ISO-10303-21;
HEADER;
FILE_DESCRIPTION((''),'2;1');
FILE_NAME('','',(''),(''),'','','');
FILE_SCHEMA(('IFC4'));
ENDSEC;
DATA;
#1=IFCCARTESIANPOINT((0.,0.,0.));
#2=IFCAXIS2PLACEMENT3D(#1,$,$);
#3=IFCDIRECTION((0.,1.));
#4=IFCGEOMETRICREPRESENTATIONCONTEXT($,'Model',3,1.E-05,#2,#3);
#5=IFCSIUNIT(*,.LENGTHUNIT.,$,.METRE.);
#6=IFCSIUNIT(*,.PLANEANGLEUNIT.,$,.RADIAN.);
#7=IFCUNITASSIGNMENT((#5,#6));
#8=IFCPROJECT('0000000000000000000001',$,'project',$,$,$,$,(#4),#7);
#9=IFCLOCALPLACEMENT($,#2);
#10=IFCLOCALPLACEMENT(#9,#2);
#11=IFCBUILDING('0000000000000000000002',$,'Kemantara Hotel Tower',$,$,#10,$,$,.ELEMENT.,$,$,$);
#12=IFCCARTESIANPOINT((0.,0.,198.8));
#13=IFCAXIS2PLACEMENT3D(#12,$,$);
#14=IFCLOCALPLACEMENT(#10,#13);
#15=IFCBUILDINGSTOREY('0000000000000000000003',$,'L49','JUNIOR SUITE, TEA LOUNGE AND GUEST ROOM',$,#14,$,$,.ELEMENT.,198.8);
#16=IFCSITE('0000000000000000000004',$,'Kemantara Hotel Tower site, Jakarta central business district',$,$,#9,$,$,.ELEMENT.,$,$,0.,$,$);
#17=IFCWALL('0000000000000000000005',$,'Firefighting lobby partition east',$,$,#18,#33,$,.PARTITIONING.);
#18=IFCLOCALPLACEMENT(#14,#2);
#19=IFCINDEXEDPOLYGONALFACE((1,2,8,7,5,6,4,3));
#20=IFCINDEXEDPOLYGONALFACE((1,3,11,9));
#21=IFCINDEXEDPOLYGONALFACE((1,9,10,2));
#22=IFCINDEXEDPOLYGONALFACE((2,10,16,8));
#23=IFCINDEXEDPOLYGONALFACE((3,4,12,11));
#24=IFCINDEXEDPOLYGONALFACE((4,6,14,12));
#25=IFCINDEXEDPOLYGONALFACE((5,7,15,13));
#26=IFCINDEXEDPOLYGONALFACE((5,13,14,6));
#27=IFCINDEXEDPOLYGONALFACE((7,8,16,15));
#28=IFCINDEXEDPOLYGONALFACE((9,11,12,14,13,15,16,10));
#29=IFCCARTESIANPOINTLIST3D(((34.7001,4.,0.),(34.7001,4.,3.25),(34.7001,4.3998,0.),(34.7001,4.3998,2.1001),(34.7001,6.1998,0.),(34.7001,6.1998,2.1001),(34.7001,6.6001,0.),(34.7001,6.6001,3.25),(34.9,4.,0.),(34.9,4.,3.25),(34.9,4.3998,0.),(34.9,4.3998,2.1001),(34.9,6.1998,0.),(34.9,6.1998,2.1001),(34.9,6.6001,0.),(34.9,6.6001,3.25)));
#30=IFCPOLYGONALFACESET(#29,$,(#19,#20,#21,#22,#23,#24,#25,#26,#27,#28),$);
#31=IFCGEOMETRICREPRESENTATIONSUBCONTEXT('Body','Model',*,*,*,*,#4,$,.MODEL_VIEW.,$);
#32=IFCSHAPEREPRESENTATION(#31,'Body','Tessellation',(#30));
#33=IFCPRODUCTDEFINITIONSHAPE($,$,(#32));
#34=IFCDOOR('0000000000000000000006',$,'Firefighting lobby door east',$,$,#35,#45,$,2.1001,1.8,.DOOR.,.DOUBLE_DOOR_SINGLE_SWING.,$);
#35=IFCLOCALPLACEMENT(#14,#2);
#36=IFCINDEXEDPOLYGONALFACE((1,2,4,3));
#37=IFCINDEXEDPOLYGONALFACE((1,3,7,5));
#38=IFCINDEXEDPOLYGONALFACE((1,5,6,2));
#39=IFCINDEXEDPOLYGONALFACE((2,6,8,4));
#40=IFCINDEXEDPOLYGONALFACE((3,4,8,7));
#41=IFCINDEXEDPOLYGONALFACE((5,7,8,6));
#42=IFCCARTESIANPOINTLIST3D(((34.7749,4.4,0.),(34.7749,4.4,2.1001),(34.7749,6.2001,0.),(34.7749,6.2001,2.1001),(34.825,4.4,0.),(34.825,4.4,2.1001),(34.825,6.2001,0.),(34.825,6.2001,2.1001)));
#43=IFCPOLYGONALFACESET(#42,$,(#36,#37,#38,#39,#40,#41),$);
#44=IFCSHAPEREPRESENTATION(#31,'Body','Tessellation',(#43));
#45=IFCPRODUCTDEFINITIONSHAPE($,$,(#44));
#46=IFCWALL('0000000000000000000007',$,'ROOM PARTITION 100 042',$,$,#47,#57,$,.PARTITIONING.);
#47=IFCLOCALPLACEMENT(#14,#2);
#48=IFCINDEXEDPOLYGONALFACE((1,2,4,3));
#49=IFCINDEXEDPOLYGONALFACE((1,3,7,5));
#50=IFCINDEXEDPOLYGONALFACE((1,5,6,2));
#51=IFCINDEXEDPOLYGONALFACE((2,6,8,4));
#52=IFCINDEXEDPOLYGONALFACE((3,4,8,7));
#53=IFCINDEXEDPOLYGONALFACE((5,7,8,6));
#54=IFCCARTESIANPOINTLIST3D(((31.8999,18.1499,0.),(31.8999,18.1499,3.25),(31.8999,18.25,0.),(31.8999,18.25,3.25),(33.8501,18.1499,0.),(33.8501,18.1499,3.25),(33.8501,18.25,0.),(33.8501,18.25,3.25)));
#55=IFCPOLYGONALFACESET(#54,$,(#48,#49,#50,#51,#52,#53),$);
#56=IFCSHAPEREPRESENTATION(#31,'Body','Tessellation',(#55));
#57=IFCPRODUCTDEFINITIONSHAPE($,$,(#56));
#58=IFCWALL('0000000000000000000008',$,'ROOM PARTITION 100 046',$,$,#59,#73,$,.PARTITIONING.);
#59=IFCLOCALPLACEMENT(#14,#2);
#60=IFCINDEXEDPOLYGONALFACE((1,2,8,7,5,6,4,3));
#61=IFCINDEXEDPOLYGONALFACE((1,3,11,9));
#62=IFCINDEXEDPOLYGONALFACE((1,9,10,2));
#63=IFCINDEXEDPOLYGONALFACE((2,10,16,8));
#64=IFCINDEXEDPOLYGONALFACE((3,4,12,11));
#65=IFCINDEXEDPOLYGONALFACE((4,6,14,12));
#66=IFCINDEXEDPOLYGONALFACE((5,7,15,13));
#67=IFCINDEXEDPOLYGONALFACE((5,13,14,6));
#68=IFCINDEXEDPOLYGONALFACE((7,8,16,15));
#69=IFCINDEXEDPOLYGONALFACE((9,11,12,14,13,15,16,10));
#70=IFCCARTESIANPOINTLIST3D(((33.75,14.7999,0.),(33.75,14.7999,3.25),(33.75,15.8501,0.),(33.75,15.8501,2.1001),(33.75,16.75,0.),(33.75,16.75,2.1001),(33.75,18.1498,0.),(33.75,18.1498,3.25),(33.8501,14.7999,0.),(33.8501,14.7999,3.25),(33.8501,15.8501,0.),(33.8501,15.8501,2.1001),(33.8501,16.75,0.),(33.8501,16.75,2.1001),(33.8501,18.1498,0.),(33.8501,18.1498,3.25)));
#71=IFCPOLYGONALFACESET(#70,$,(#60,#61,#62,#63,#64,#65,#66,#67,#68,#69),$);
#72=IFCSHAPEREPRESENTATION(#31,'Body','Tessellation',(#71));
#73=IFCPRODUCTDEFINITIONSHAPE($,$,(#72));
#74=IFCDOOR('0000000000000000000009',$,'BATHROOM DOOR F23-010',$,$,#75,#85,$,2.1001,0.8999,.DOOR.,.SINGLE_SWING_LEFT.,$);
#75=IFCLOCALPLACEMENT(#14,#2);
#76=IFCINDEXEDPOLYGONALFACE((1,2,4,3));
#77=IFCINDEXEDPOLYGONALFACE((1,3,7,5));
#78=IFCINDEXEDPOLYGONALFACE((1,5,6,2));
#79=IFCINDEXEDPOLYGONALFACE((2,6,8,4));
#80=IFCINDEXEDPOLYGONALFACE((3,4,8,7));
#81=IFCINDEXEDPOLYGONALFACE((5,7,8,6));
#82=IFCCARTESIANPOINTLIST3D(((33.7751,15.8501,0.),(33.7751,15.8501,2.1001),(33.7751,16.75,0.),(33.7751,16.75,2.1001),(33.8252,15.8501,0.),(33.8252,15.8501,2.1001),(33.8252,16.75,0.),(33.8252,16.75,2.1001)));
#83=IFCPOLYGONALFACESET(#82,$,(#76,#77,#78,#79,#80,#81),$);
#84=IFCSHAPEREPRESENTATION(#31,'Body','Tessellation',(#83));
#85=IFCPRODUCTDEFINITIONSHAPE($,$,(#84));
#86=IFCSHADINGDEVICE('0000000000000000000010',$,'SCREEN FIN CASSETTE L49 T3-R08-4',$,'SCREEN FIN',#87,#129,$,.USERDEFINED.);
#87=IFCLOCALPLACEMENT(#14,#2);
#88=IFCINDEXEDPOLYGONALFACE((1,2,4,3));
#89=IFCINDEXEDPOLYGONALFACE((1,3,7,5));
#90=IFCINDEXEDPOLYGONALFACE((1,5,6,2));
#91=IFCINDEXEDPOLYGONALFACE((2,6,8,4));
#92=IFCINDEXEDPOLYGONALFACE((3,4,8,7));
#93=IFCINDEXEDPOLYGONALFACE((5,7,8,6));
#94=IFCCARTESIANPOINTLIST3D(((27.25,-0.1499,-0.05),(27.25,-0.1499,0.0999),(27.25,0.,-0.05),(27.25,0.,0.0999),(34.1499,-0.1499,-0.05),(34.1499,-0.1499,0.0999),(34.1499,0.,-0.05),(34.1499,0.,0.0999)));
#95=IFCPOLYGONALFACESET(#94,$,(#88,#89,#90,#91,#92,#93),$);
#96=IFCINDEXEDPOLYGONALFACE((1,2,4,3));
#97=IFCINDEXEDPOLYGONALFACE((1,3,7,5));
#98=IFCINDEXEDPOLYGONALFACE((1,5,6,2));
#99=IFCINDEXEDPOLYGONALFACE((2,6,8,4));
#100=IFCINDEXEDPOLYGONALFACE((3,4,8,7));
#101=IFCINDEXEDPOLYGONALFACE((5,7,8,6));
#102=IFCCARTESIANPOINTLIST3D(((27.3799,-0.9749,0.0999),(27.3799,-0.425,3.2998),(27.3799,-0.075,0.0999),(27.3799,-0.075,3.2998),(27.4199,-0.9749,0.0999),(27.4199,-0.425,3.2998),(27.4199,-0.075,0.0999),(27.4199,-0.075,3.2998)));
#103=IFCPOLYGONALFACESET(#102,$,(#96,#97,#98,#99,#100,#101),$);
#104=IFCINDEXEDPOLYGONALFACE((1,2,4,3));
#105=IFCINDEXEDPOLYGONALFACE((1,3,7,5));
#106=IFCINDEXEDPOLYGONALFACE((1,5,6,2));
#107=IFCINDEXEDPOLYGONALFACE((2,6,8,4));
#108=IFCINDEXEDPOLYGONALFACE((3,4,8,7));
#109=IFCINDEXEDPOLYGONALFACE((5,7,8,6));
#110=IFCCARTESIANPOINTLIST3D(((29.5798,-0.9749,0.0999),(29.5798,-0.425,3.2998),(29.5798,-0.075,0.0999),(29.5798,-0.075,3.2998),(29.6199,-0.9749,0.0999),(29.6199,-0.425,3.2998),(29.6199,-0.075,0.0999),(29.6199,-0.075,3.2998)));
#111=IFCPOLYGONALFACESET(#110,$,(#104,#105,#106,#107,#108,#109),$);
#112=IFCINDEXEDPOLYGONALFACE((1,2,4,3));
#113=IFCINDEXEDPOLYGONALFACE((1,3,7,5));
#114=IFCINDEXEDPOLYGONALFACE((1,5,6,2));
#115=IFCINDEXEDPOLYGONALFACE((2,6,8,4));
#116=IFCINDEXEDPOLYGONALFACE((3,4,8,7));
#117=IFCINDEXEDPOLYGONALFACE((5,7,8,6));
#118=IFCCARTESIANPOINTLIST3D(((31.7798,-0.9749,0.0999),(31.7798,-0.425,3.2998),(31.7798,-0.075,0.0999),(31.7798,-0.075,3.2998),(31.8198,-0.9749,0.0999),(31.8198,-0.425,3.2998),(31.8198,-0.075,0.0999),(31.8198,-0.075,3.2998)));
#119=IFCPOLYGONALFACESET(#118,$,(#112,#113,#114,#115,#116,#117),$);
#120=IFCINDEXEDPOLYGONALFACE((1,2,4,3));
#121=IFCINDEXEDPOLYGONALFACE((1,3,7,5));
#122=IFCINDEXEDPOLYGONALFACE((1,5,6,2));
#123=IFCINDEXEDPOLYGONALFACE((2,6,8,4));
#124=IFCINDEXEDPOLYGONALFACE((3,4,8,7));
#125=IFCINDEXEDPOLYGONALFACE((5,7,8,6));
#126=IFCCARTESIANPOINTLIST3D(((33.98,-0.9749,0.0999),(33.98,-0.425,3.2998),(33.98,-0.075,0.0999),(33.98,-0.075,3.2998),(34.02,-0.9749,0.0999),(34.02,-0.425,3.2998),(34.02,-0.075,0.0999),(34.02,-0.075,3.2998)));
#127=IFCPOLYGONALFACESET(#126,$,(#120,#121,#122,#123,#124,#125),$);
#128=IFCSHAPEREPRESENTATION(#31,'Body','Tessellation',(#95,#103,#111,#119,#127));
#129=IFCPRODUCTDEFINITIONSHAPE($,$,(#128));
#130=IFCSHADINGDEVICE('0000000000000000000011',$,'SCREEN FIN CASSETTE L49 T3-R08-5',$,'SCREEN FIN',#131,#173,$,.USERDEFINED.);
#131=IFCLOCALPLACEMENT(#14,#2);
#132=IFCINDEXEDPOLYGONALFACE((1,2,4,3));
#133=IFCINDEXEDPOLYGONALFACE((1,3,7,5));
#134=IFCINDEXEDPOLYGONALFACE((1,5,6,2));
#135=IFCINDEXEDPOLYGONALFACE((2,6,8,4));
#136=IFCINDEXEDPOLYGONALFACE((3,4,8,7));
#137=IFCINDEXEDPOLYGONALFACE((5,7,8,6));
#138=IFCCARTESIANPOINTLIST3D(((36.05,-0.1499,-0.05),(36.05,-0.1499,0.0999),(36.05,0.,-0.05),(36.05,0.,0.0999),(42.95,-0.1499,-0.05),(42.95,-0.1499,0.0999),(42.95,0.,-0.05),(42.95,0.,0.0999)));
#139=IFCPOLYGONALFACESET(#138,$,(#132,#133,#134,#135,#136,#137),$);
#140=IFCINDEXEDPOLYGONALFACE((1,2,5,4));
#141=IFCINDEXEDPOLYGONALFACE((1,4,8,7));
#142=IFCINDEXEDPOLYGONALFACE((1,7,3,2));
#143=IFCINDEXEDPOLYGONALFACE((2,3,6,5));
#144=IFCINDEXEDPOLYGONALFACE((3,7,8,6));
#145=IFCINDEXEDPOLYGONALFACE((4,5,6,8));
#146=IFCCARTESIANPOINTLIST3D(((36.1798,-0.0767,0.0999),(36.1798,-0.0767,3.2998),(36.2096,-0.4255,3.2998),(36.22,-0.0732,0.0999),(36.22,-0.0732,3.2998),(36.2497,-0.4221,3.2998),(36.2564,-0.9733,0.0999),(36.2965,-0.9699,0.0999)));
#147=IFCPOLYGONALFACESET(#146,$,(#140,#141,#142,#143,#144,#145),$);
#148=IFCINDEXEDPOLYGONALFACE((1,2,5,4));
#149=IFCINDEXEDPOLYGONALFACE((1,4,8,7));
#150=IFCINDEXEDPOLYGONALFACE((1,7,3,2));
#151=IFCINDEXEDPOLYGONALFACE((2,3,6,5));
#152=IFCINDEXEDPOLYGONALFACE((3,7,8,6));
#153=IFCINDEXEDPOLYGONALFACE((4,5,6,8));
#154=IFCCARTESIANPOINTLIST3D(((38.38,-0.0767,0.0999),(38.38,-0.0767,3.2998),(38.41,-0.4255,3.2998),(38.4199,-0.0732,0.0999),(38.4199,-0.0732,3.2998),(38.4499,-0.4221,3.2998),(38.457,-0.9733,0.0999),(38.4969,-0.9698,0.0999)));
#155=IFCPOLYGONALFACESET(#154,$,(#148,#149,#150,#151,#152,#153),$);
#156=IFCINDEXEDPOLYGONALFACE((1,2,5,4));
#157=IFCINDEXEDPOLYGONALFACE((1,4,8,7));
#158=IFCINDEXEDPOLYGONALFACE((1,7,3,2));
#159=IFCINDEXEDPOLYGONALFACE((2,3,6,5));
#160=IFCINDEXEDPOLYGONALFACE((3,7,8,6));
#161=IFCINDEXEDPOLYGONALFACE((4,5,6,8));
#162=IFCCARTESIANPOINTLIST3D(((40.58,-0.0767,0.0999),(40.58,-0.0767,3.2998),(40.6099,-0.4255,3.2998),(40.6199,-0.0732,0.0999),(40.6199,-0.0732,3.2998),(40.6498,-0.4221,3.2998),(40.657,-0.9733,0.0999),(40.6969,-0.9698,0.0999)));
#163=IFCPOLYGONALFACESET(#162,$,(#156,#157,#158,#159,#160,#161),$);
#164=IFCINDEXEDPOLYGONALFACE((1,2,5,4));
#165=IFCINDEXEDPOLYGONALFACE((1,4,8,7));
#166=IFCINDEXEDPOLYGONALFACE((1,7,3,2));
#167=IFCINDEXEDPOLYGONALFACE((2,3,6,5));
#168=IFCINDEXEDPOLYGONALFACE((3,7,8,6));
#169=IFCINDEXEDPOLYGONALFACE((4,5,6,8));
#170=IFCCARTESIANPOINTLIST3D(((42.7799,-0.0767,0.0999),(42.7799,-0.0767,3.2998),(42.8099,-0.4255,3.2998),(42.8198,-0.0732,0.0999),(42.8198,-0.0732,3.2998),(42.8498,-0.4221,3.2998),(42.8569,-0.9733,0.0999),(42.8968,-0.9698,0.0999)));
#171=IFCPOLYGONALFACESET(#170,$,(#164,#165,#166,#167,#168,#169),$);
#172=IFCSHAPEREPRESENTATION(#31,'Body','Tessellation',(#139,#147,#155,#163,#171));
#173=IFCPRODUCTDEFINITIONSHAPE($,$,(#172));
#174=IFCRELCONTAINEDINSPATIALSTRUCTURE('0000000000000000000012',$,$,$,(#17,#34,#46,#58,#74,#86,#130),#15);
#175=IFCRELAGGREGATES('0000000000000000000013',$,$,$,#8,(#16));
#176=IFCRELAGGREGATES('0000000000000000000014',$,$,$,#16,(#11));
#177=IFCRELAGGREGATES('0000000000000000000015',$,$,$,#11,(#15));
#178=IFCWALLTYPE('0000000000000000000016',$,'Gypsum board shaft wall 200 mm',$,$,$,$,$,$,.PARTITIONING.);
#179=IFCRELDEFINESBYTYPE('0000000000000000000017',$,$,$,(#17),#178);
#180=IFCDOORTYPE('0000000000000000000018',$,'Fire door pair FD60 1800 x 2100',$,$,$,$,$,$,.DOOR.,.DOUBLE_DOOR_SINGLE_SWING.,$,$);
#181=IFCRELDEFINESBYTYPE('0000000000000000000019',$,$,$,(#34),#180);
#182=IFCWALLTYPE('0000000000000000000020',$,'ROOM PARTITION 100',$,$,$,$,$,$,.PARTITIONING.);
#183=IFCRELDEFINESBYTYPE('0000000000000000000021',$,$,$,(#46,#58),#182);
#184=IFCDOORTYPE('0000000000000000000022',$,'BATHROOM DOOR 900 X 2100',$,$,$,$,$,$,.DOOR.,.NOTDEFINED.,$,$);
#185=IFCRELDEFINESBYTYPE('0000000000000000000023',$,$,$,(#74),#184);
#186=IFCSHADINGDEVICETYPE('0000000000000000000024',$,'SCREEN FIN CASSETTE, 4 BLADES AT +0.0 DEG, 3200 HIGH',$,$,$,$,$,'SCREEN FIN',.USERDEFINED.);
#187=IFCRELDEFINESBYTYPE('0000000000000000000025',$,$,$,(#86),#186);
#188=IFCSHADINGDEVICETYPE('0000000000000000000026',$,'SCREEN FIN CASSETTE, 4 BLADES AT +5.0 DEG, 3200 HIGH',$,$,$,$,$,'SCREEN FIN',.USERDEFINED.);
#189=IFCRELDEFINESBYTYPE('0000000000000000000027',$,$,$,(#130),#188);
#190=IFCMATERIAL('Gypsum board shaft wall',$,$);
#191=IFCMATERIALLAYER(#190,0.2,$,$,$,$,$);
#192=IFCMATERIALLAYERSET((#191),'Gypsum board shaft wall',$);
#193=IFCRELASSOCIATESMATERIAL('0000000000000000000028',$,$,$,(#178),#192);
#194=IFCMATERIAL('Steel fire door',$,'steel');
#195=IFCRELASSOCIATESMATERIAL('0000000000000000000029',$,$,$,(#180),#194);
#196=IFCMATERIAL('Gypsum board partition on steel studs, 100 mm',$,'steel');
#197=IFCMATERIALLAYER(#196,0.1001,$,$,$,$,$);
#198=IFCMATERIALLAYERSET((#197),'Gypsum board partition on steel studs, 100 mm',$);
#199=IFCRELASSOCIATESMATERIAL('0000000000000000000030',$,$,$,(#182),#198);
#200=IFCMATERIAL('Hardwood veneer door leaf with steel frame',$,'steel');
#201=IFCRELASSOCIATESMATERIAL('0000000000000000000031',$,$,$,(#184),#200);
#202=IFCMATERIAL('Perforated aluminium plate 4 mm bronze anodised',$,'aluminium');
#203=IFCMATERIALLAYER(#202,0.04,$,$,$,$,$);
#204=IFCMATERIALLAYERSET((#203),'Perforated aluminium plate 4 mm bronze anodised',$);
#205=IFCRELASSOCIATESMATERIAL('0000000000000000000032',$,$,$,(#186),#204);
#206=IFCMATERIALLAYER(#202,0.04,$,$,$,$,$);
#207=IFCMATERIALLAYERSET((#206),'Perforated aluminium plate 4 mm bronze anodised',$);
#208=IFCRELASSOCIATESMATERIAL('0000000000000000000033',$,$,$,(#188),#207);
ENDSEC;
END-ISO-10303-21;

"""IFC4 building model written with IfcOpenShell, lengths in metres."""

from ifc_helpers import new_model, si_unit, direction, frame, frame_2d, origin, origin_2d, place, context, subcontext, project, spatial, polyline, rectangle, outline, extrude, source, transform, mapped, material, layer, layer_set, type_object, element, fill, save


model = new_model("IFC4")

# Units and contexts
model_context = context("Model", 3, precision=1e-05, world=origin(), true_north=direction((0.0, 1.0)))
body_context = subcontext(model_context, "Body", "Model", "MODEL_VIEW")
ifc_project = project(units=[si_unit("LENGTHUNIT", "METRE"), si_unit("PLANEANGLEUNIT", "RADIAN")], contexts=[model_context])

# Site, building, storey
site_placement = place(None, origin())
site = spatial("IfcSite", under=ifc_project, at=site_placement, Name="Kemantara Hotel Tower site, Jakarta central business district", CompositionType="ELEMENT", RefElevation=0.0)
building_placement = place(site_placement, origin())
building = spatial("IfcBuilding", under=site, at=building_placement, Name="Kemantara Hotel Tower", CompositionType="ELEMENT")
storey_placement = place(building_placement, frame((0.0, 0.0, 198.8)))
storey = spatial("IfcBuildingStorey", under=building, at=storey_placement, Name="L49", Description="JUNIOR SUITE, TEA LOUNGE AND GUEST ROOM", CompositionType="ELEMENT", Elevation=198.8)

# Shared definitions
ifc_material_1 = material(Name="Hardwood veneer door leaf with steel frame", Category="steel")

# Wall, opening, door
ifc_material_2 = material(Name="Gypsum board shaft wall")
ifc_layer_1 = layer(ifc_material_2, 0.2)
ifc_layer_set_1 = layer_set([ifc_layer_1], Name="Gypsum board shaft wall")
wall_type_1 = type_object("IfcWallType", Name="Gypsum board shaft wall 200 mm", PredefinedType="PARTITIONING", material=ifc_layer_set_1)
wall_1_placement = place(storey_placement, frame((34.8, 4.0, 0.0), z_axis=(0.0, 0.0, 1.0), x_axis=(0.0, 1.0, 0.0)))
wall_1 = element("IfcWall", 1, at=wall_1_placement, inside=storey, type_object=wall_type_1, Name="Firefighting lobby partition east", PredefinedType="PARTITIONING", context=body_context, shape_type="SweptSolid", body=[
    extrude(rectangle(XDim=2.6001, YDim=0.2, at=frame_2d((1.3, 0.0))), origin(), (0.0, 0.0, 1.0), 3.25),
])
opening_1_placement = place(wall_1_placement, frame((0.3999, 0.0, 0.0)))
opening_1 = element("IfcOpeningElement", 2, at=opening_1_placement, cuts=wall_1, PredefinedType="OPENING", context=body_context, shape_type="SweptSolid", body=[
    extrude(rectangle(XDim=1.8, YDim=2.1001, at=frame_2d((0.8999, 1.05))), frame((0.0, 0.1099, 0.0), z_axis=(0.0, -1.0, 0.0), x_axis=(1.0, 0.0, 0.0)), (0.0, 0.0, 1.0), 0.22),
])
ifc_material_3 = material(Name="Steel fire door", Category="steel")
door_type_1 = type_object("IfcDoorType", Name="Fire door pair FD60 1800 x 2100", OperationType="DOUBLE_DOOR_SINGLE_SWING", PredefinedType="DOOR", material=ifc_material_3)
door_1_placement = place(opening_1_placement, frame((1.8, 0.0, 0.0), z_axis=(0.0, 0.0, 1.0), x_axis=(-1.0, 0.0, 0.0)))
door_1 = element("IfcDoor", 3, at=door_1_placement, inside=storey, type_object=door_type_1, Name="Firefighting lobby door east", OperationType="DOUBLE_DOOR_SINGLE_SWING", OverallHeight=2.1001, OverallWidth=1.8, PredefinedType="DOOR", context=body_context, shape_type="SweptSolid", body=[
    extrude(rectangle(XDim=1.8, YDim=2.1001, at=frame_2d((0.8999, 1.05))), frame((0.0, 0.0249, 0.0), z_axis=(0.0, -1.0, 0.0), x_axis=(1.0, 0.0, 0.0)), (0.0, 0.0, 1.0), 0.05),
])
fill(opening_1, door_1)

# Wall
ifc_material_4 = material(Name="Gypsum board partition on steel studs, 100 mm", Category="steel")
ifc_layer_2 = layer(ifc_material_4, 0.1001)
ifc_layer_set_2 = layer_set([ifc_layer_2], Name="Gypsum board partition on steel studs, 100 mm")
wall_type_2 = type_object("IfcWallType", Name="ROOM PARTITION 100", PredefinedType="PARTITIONING", material=ifc_layer_set_2)
wall_2_placement = place(storey_placement, frame((31.8999, 18.2, 0.0), z_axis=(0.0, 0.0, 1.0), x_axis=(1.0, 0.0, 0.0)))
element("IfcWall", 4, at=wall_2_placement, inside=storey, type_object=wall_type_2, Name="ROOM PARTITION 100 042", PredefinedType="PARTITIONING", context=body_context, shape_type="SweptSolid", body=[
    extrude(rectangle(XDim=1.9502, YDim=0.1001, at=frame_2d((0.9751, 0.0))), origin(), (0.0, 0.0, 1.0), 3.25),
])

# Wall, opening, door
wall_3_placement = place(storey_placement, frame((33.8, 14.8, 0.0), z_axis=(0.0, 0.0, 1.0), x_axis=(0.0, 1.0, 0.0)))
wall_3 = element("IfcWall", 5, at=wall_3_placement, inside=storey, type_object=wall_type_2, Name="ROOM PARTITION 100 046", PredefinedType="PARTITIONING", context=body_context, shape_type="SweptSolid", body=[
    extrude(rectangle(XDim=3.3499, YDim=0.1001, at=frame_2d((1.6748, 0.0))), origin(), (0.0, 0.0, 1.0), 3.25),
])
opening_2_placement = place(wall_3_placement, frame((1.05, 0.0, 0.0)))
opening_2 = element("IfcOpeningElement", 6, at=opening_2_placement, cuts=wall_3, PredefinedType="OPENING", context=body_context, shape_type="SweptSolid", body=[
    extrude(rectangle(XDim=0.8999, YDim=2.1001, at=frame_2d((0.45, 1.05))), frame((0.0, 0.0601, 0.0), z_axis=(0.0, -1.0, 0.0), x_axis=(1.0, 0.0, 0.0)), (0.0, 0.0, 1.0), 0.1201),
])
door_type_2 = type_object("IfcDoorType", Name="BATHROOM DOOR 900 X 2100", OperationType="NOTDEFINED", PredefinedType="DOOR", material=ifc_material_1)
door_2_placement = place(opening_2_placement, origin())
door_2 = element("IfcDoor", 7, at=door_2_placement, inside=storey, type_object=door_type_2, Name="BATHROOM DOOR F23-010", OperationType="SINGLE_SWING_LEFT", OverallHeight=2.1001, OverallWidth=0.8999, PredefinedType="DOOR", context=body_context, shape_type="SweptSolid", body=[
    extrude(rectangle(XDim=0.8999, YDim=2.1001, at=frame_2d((0.45, 1.05))), frame((0.0, 0.0249, 0.0), z_axis=(0.0, -1.0, 0.0), x_axis=(1.0, 0.0, 0.0)), (0.0, 0.0, 1.0), 0.05),
])
fill(opening_2, door_2)

# Shading devices
ifc_material_5 = material(Name="Perforated aluminium plate 4 mm bronze anodised", Category="aluminium")
ifc_layer_3 = layer(ifc_material_5, 0.04)
ifc_layer_set_3 = layer_set([ifc_layer_3], Name="Perforated aluminium plate 4 mm bronze anodised")
shading_device_type_1 = type_object("IfcShadingDeviceType", Name="SCREEN FIN CASSETTE, 4 BLADES AT +0.0 DEG, 3200 HIGH", ElementType="SCREEN FIN", PredefinedType="USERDEFINED", material=ifc_layer_set_3)
shared_shape_1 = source(origin(), body_context, "Body", "SweptSolid", [
    extrude(rectangle(XDim=6.8999, YDim=0.1499, at=origin_2d()), frame((3.3, -0.075, -0.1499), z_axis=(0.0, 0.0, 1.0), x_axis=(1.0, 0.0, 0.0)), (0.0, 0.0, 1.0), 0.1499),
    extrude(outline(polyline([(0.0, 0.0), (0.8999, 0.0), (0.3501, 3.2), (0.0, 3.2), (0.0, 0.0)])), frame((0.02, -0.075, 0.0), z_axis=(-1.0, 0.0, 0.0), x_axis=(0.0, -1.0, 0.0)), (0.0, 0.0, 1.0), 0.04),
    extrude(outline(polyline([(0.0, 0.0), (0.8999, 0.0), (0.3501, 3.2), (0.0, 3.2), (0.0, 0.0)])), frame((2.22, -0.075, 0.0), z_axis=(-1.0, 0.0, 0.0), x_axis=(0.0, -1.0, 0.0)), (0.0, 0.0, 1.0), 0.04),
    extrude(outline(polyline([(0.0, 0.0), (0.8999, 0.0), (0.3501, 3.2), (0.0, 3.2), (0.0, 0.0)])), frame((4.4199, -0.075, 0.0), z_axis=(-1.0, 0.0, 0.0), x_axis=(0.0, -1.0, 0.0)), (0.0, 0.0, 1.0), 0.04),
    extrude(outline(polyline([(0.0, 0.0), (0.8999, 0.0), (0.3501, 3.2), (0.0, 3.2), (0.0, 0.0)])), frame((6.6201, -0.075, 0.0), z_axis=(-1.0, 0.0, 0.0), x_axis=(0.0, -1.0, 0.0)), (0.0, 0.0, 1.0), 0.04),
])
shading_device_1_placement = place(storey_placement, frame((27.3999, 0.0, 0.0999), z_axis=(0.0, 0.0, 1.0), x_axis=(1.0, 0.0, 0.0)))
element("IfcShadingDevice", 8, at=shading_device_1_placement, inside=storey, type_object=shading_device_type_1, Name="SCREEN FIN CASSETTE L49 T3-R08-4", ObjectType="SCREEN FIN", PredefinedType="USERDEFINED", context=body_context, shape_type="MappedRepresentation", body=[
    mapped(shared_shape_1, transform((0.0, 0.0, 0.0))),
])
ifc_layer_4 = layer(ifc_material_5, 0.04)
ifc_layer_set_4 = layer_set([ifc_layer_4], Name="Perforated aluminium plate 4 mm bronze anodised")
shading_device_type_2 = type_object("IfcShadingDeviceType", Name="SCREEN FIN CASSETTE, 4 BLADES AT +5.0 DEG, 3200 HIGH", ElementType="SCREEN FIN", PredefinedType="USERDEFINED", material=ifc_layer_set_4)
shared_shape_2 = source(origin(), body_context, "Body", "SweptSolid", [
    extrude(rectangle(XDim=6.8999, YDim=0.1499, at=origin_2d()), frame((3.3, -0.075, -0.1499), z_axis=(0.0, 0.0, 1.0), x_axis=(1.0, 0.0, 0.0)), (0.0, 0.0, 1.0), 0.1499),
    extrude(outline(polyline([(0.0, 0.0), (0.8999, 0.0), (0.3501, 3.2), (0.0, 3.2), (0.0, 0.0)])), frame((0.02, -0.0732, 0.0), z_axis=(-0.996376, -0.085056, 0.0), x_axis=(0.085056, -0.996376, 0.0)), (0.0, 0.0, 1.0), 0.0403),
    extrude(outline(polyline([(0.0, 0.0), (0.8999, 0.0), (0.3501, 3.2), (0.0, 3.2), (0.0, 0.0)])), frame((2.22, -0.0732, 0.0), z_axis=(-0.996332, -0.085575, 0.0), x_axis=(0.085575, -0.996332, 0.0)), (0.0, 0.0, 1.0), 0.04),
    extrude(outline(polyline([(0.0, 0.0), (0.8999, 0.0), (0.3501, 3.2), (0.0, 3.2), (0.0, 0.0)])), frame((4.4199, -0.0732, 0.0), z_axis=(-0.996332, -0.085575, 0.0), x_axis=(0.085575, -0.996332, 0.0)), (0.0, 0.0, 1.0), 0.04),
    extrude(outline(polyline([(0.0, 0.0), (0.8999, 0.0), (0.3501, 3.2), (0.0, 3.2), (0.0, 0.0)])), frame((6.6199, -0.0732, 0.0), z_axis=(-0.996332, -0.085575, 0.0), x_axis=(0.085575, -0.996332, 0.0)), (0.0, 0.0, 1.0), 0.04),
])
shading_device_2_placement = place(storey_placement, frame((36.2, 0.0, 0.0999), z_axis=(0.0, 0.0, 1.0), x_axis=(1.0, 0.0, 0.0)))
element("IfcShadingDevice", 9, at=shading_device_2_placement, inside=storey, type_object=shading_device_type_2, Name="SCREEN FIN CASSETTE L49 T3-R08-5", ObjectType="SCREEN FIN", PredefinedType="USERDEFINED", context=body_context, shape_type="MappedRepresentation", body=[
    mapped(shared_shape_2, transform((0.0, 0.0, 0.0))),
])

save(model, "model.ifc")
